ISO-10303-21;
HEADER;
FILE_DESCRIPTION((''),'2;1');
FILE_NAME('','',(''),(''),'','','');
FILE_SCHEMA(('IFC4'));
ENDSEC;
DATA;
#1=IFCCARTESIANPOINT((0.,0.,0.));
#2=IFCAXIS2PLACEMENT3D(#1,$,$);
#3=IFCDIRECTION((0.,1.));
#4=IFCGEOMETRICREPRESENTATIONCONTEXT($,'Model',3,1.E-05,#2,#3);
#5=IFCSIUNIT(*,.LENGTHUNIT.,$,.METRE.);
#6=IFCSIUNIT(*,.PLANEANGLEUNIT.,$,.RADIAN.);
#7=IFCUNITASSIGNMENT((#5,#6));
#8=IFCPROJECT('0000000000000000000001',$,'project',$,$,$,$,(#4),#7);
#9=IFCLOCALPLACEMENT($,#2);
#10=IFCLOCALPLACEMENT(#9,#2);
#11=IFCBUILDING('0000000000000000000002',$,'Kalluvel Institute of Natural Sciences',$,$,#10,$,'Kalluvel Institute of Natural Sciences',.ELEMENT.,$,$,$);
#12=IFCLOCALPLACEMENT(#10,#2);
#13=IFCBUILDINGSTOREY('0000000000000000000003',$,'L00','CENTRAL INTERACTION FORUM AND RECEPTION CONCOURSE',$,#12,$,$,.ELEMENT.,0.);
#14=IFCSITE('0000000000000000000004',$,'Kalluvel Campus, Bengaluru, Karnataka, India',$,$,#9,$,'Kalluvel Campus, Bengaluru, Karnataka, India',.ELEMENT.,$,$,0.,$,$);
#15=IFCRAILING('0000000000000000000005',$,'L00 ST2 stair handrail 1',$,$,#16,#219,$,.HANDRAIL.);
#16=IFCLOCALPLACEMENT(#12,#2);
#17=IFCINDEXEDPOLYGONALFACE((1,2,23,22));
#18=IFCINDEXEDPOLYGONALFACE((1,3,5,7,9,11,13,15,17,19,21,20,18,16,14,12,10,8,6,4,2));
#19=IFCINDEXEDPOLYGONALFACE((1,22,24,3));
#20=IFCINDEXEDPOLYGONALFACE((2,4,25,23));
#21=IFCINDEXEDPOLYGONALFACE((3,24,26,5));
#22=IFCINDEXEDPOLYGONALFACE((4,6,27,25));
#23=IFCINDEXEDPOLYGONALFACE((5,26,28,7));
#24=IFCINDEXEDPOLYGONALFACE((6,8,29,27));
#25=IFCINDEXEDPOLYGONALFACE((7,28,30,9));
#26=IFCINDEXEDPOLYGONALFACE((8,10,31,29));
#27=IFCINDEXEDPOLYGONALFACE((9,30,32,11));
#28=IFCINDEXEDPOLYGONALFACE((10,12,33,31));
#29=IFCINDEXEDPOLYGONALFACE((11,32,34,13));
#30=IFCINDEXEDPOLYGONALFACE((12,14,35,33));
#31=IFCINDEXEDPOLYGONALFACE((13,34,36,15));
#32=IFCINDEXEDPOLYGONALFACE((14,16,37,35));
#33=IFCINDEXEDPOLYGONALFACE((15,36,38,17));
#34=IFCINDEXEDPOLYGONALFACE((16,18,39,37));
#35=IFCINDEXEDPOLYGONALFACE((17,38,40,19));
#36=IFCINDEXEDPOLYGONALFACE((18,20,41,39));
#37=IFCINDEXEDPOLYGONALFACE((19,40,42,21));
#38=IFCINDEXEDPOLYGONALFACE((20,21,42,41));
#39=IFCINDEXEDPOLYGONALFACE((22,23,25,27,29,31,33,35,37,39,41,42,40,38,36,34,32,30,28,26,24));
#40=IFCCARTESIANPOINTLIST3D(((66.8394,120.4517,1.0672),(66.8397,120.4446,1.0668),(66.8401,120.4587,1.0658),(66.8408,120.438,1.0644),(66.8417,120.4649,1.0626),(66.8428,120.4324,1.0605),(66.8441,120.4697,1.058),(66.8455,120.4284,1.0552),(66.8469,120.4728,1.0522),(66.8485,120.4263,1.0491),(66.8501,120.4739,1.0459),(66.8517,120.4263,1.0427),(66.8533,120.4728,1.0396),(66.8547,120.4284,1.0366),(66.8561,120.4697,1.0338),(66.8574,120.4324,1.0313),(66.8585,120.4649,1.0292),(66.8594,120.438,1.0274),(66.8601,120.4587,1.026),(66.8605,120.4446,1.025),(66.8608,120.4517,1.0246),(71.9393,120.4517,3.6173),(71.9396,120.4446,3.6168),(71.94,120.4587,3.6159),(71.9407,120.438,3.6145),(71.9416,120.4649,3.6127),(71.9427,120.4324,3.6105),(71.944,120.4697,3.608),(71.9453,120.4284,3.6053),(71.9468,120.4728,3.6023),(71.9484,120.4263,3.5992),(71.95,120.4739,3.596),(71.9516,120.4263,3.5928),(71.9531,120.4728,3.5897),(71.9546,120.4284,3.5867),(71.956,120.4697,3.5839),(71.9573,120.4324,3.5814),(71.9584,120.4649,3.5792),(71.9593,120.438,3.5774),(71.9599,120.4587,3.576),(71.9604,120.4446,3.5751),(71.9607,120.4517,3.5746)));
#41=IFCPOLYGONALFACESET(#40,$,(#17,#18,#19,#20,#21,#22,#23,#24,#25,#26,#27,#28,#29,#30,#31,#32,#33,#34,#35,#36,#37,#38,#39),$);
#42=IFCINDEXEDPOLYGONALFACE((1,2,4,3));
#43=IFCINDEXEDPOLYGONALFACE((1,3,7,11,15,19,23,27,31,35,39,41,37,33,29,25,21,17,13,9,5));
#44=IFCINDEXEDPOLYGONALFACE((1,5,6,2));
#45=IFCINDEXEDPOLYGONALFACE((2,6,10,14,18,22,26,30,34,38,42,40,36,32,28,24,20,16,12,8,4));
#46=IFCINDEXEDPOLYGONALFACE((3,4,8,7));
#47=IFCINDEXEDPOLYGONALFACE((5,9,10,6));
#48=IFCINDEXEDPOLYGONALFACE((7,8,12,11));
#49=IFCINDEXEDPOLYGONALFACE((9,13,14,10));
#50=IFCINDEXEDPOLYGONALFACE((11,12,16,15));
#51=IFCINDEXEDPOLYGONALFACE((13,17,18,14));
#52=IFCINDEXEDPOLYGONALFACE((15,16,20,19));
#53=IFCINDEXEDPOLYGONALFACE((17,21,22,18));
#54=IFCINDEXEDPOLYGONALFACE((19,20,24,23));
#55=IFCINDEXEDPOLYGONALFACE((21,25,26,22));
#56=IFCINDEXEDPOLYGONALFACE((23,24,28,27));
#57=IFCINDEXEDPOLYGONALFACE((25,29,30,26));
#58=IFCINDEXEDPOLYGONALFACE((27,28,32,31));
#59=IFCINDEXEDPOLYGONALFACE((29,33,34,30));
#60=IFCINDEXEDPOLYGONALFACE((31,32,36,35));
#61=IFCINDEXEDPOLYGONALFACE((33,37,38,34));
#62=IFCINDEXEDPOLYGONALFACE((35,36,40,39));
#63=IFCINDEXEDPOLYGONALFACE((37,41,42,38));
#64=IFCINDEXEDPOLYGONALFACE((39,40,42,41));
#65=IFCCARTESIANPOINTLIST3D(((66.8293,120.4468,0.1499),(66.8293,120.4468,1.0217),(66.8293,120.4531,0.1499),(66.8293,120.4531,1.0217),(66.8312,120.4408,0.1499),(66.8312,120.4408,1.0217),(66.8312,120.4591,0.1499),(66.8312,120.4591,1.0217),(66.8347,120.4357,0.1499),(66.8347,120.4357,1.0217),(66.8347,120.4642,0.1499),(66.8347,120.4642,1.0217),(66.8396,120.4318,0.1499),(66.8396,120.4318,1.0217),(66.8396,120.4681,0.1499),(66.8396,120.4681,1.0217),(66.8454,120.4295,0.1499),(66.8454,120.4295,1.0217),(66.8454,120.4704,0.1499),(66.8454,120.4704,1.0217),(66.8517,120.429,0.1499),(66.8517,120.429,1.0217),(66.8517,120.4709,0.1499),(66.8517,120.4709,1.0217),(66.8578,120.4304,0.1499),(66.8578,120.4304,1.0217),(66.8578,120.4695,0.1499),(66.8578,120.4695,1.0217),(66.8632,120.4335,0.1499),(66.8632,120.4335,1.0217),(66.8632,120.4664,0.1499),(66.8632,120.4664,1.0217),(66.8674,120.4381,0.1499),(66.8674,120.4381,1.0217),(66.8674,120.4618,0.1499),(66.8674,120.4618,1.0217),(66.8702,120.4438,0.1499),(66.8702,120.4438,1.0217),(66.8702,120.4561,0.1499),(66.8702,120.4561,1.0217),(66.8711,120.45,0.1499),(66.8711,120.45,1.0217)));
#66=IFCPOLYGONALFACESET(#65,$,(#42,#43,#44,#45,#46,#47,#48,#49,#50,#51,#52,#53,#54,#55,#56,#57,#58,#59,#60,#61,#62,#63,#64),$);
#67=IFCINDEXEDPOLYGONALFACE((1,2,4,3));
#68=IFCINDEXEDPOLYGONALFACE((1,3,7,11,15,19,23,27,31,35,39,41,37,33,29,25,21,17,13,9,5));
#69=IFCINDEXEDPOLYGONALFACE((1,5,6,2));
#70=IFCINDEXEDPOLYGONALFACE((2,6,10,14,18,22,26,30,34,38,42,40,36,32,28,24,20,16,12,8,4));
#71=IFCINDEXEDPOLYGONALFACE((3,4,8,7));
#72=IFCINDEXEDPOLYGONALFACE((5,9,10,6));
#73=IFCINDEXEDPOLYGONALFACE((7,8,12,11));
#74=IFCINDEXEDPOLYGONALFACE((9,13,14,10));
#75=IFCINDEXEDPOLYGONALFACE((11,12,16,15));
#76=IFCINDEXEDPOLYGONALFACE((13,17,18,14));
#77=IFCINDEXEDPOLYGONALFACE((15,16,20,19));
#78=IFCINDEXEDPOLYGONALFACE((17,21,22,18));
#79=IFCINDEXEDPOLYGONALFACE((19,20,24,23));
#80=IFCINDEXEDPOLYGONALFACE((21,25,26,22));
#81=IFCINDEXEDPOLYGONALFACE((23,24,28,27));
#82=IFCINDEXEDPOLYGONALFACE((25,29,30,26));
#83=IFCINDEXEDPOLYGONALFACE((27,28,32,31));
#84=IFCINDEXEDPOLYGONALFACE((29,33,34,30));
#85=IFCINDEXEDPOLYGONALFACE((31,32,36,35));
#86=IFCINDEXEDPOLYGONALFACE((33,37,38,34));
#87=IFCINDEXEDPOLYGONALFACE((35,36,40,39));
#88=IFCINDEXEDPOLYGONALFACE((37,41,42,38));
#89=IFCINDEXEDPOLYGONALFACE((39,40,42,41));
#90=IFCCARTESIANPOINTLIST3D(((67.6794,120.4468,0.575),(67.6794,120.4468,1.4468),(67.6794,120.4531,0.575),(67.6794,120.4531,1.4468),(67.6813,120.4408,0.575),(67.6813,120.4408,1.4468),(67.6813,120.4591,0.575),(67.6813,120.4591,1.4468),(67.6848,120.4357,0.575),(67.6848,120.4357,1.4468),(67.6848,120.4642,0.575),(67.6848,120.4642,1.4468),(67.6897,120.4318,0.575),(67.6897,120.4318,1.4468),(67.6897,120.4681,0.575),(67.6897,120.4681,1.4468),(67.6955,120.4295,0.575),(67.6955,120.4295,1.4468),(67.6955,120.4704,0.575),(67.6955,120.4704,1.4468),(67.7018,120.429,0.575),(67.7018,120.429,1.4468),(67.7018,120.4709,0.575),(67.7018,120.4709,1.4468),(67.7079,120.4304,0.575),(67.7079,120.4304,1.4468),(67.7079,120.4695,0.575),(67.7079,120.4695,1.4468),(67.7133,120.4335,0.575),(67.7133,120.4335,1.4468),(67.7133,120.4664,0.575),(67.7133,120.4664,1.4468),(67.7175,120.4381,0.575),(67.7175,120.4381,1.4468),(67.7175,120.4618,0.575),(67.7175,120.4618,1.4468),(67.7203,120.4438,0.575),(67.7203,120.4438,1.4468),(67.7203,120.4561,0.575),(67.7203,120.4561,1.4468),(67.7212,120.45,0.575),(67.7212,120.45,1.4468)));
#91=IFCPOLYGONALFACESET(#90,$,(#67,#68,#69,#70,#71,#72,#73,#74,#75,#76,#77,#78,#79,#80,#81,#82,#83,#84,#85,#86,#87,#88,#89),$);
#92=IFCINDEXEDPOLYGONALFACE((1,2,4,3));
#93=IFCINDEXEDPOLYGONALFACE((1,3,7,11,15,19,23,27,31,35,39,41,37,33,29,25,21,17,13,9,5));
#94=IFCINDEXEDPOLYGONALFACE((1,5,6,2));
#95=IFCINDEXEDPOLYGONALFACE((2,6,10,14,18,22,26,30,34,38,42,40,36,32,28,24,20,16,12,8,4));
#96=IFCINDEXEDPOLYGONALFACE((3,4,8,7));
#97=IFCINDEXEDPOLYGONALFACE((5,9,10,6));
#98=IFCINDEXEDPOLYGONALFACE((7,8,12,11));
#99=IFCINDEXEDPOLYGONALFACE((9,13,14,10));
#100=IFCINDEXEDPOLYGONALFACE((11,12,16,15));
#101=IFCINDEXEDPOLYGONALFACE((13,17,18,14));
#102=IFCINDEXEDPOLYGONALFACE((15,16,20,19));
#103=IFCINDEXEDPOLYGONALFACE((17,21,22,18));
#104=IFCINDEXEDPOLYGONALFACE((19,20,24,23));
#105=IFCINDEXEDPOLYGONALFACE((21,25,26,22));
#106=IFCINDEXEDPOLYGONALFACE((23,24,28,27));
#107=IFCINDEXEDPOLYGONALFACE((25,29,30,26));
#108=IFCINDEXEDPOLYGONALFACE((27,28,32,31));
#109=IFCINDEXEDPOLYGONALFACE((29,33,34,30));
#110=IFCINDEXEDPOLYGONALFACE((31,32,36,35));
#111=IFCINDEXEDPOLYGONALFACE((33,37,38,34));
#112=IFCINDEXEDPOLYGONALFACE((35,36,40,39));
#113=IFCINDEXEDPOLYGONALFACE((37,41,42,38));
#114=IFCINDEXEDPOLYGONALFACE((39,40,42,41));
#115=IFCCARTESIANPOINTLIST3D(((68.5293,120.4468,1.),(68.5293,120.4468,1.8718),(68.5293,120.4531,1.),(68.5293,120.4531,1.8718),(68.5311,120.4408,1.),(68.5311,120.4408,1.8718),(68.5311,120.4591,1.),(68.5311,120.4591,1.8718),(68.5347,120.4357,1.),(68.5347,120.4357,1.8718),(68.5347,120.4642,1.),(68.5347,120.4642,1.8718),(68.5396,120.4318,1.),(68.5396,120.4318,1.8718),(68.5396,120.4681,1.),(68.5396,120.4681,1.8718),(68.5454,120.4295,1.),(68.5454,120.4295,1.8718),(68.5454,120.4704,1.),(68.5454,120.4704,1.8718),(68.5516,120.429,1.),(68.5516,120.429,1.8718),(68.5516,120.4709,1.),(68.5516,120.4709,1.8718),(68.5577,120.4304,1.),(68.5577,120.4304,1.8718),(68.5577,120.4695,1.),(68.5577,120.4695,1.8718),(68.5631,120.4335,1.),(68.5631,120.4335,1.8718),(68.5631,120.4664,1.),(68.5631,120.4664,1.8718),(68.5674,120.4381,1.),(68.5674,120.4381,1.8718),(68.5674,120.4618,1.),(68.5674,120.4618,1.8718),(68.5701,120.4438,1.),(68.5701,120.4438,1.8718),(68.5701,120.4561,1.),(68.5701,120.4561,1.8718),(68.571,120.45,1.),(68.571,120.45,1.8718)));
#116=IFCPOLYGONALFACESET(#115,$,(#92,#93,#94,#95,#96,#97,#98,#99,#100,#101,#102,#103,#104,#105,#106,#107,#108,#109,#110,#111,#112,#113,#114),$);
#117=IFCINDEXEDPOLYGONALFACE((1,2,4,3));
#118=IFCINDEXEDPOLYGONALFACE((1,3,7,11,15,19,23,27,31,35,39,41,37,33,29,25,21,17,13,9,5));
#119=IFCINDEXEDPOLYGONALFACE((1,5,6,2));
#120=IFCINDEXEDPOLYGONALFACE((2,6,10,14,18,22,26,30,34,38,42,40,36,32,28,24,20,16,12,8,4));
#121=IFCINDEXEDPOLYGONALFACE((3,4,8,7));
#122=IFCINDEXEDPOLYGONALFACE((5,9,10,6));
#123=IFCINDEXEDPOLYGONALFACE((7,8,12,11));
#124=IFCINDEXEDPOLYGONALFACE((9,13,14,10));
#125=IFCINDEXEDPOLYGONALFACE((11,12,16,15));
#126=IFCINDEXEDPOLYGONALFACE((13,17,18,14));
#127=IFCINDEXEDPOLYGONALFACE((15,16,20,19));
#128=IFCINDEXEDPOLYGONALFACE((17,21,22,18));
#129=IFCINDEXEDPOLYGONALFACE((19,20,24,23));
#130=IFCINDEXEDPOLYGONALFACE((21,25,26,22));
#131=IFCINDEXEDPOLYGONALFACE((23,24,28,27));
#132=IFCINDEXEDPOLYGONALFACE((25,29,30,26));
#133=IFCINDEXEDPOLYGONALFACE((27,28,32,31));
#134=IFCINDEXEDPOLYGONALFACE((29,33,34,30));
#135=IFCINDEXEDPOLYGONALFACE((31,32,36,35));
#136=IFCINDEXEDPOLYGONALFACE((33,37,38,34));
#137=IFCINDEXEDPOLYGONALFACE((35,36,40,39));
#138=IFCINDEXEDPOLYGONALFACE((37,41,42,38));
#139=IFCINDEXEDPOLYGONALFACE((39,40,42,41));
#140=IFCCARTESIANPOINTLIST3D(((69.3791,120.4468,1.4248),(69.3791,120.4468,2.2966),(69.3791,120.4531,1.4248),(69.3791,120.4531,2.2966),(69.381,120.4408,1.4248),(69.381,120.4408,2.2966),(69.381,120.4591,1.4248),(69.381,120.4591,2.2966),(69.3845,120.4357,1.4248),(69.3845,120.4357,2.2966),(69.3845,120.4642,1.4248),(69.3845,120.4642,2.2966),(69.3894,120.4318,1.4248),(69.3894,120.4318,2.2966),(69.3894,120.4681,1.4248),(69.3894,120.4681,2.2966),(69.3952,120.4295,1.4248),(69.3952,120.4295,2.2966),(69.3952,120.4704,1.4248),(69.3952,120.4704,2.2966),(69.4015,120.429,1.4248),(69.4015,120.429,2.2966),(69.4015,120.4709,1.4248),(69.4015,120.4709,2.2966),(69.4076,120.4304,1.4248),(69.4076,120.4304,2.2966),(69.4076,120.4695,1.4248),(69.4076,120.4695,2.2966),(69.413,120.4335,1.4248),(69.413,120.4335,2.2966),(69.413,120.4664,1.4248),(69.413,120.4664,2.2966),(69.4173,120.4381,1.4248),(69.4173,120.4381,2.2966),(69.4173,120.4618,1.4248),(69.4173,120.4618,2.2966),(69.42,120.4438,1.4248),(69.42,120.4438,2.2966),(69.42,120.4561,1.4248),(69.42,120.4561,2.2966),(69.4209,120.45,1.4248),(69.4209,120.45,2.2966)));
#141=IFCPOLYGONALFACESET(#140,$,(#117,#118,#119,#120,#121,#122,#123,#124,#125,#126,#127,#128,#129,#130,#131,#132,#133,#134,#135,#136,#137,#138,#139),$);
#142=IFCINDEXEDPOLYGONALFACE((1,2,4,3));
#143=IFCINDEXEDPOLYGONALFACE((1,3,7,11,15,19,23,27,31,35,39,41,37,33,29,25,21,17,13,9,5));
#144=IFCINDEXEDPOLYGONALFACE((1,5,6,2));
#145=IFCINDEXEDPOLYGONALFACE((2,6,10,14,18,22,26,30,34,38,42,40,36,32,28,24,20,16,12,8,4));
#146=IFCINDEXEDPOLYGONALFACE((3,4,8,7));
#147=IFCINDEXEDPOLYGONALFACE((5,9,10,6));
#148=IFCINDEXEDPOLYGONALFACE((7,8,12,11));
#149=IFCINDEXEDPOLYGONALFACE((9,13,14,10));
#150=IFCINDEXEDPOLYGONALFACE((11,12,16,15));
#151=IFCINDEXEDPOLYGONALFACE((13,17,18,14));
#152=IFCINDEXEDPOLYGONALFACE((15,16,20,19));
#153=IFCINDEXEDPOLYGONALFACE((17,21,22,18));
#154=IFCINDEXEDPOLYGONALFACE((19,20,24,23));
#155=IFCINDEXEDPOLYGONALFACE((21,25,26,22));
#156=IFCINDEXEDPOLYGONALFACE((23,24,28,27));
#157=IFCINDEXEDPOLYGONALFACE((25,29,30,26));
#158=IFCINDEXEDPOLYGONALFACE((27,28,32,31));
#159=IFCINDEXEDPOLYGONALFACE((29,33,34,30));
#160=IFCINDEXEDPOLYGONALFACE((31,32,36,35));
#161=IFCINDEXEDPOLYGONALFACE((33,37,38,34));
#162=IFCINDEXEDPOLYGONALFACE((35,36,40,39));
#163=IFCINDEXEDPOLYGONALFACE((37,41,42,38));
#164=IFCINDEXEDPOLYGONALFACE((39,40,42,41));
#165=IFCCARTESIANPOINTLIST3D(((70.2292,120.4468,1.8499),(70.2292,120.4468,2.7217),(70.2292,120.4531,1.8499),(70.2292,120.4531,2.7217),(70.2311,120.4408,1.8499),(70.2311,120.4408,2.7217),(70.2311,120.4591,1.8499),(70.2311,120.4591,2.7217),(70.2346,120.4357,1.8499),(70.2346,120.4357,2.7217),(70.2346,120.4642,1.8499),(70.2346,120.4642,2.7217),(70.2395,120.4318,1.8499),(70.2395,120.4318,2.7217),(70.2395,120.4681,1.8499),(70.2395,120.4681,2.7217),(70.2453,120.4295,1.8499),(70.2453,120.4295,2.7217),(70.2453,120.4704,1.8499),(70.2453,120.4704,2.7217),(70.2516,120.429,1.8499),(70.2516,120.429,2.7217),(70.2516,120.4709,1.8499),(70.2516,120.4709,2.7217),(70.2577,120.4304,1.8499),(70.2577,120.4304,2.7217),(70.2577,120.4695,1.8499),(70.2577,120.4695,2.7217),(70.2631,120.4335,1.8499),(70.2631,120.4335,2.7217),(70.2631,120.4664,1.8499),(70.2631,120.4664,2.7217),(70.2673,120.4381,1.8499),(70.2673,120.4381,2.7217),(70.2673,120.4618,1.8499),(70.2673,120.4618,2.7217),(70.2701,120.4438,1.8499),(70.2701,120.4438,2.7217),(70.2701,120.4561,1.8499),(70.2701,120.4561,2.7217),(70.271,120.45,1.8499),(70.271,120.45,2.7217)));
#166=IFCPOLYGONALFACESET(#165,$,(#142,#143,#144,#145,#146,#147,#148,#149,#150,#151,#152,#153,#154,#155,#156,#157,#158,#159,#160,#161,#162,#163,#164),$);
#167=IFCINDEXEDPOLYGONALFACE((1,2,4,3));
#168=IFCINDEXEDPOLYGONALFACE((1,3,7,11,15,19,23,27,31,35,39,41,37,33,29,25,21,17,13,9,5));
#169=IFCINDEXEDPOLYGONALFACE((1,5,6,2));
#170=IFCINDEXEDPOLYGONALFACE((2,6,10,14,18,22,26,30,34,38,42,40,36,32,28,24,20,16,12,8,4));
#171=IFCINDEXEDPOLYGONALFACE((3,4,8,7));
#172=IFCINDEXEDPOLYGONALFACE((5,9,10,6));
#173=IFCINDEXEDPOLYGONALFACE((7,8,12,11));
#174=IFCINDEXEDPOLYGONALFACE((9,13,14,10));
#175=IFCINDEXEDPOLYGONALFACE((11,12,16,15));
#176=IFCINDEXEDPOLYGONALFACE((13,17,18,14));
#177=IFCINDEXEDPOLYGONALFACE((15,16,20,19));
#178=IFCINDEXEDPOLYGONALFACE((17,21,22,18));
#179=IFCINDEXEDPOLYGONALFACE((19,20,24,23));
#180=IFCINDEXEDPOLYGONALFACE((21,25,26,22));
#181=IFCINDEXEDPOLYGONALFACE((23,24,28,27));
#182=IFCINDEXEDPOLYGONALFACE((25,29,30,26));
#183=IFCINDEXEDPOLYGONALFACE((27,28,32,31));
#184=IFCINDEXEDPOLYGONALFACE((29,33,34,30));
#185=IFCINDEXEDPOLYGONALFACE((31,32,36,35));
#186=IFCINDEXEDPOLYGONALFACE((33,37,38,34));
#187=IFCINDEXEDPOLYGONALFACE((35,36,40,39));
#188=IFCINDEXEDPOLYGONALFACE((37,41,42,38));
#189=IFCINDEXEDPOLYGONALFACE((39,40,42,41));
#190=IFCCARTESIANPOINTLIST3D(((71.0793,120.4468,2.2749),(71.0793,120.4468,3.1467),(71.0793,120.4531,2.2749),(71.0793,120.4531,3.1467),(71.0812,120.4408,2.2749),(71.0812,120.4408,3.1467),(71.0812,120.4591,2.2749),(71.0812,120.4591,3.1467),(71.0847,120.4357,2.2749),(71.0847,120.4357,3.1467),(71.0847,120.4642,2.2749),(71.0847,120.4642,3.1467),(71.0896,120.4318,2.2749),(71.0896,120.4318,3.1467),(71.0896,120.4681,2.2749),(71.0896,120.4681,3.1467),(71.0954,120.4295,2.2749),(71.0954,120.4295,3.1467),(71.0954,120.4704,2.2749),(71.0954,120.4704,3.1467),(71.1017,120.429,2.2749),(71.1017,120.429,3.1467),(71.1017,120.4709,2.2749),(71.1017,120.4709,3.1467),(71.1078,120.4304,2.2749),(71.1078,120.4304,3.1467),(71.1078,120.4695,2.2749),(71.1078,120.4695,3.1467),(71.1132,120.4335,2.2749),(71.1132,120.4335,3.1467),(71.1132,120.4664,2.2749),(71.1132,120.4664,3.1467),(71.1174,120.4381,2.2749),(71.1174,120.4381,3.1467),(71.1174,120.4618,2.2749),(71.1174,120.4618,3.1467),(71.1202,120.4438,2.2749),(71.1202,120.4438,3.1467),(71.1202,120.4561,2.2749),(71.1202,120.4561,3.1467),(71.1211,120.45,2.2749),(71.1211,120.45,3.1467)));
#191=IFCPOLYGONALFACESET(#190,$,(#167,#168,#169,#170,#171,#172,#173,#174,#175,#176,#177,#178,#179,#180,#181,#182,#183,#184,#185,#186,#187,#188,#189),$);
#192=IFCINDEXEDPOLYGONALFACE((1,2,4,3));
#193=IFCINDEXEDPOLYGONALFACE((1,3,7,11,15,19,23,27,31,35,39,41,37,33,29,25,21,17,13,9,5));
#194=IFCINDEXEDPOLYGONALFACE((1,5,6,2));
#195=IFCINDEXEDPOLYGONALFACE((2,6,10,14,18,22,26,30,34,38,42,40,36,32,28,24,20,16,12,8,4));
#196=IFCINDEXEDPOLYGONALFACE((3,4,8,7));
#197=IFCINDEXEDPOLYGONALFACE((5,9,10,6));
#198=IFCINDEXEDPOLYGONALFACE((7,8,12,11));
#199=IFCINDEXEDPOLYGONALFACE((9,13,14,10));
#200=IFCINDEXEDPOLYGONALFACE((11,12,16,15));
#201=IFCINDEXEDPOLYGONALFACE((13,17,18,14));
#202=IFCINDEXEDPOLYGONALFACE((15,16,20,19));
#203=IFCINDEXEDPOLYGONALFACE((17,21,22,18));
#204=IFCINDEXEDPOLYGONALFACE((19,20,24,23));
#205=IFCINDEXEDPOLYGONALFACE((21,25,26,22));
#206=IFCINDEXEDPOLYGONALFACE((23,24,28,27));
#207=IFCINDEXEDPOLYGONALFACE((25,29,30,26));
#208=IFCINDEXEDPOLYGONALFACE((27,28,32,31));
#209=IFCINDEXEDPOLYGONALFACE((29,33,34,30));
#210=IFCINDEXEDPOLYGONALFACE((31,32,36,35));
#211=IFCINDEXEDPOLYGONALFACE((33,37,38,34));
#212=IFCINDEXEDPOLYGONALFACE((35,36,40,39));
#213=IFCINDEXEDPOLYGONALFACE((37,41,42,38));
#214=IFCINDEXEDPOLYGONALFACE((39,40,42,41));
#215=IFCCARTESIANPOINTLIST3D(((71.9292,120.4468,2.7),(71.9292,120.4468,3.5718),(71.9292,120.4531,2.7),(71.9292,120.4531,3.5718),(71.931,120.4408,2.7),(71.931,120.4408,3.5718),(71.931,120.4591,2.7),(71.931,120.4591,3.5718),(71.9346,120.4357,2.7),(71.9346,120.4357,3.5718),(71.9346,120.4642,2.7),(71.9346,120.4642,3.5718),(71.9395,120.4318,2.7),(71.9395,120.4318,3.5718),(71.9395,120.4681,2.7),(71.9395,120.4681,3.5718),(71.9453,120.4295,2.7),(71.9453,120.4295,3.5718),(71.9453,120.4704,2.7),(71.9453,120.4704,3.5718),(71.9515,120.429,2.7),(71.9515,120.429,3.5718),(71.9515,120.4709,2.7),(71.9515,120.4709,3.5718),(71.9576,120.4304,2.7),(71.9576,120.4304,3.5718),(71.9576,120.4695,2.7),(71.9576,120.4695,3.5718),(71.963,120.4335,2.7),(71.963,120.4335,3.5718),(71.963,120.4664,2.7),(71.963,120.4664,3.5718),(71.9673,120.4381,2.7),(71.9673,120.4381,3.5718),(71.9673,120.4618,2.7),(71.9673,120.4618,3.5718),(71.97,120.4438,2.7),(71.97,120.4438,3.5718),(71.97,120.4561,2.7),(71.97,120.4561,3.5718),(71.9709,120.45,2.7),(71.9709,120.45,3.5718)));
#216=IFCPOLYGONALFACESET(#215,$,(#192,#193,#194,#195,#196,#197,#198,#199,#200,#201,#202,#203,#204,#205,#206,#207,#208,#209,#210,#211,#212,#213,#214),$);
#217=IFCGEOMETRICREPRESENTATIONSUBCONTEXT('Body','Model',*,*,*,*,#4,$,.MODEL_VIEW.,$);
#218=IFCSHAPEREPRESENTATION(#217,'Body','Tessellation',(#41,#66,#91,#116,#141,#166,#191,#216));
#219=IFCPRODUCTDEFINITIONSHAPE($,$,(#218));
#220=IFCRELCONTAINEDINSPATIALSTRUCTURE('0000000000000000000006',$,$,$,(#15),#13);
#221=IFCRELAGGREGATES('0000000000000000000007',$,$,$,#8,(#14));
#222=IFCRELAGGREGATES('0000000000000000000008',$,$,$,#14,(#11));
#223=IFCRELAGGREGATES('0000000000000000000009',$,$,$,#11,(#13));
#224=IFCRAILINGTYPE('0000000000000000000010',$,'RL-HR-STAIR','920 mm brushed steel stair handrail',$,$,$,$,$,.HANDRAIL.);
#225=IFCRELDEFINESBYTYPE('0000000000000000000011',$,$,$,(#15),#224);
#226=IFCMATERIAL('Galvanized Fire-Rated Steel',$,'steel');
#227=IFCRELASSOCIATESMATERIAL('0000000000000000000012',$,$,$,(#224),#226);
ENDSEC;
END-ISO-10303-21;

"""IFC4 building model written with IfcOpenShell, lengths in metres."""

from ifc_helpers import new_model, si_unit, direction, frame, origin, origin_2d, place, context, subcontext, project, spatial, circle, extrude, material, type_object, element, save


model = new_model("IFC4")

# Units and contexts
model_context = context("Model", 3, precision=1e-05, world=origin(), true_north=direction((0.0, 1.0)))
body_context = subcontext(model_context, "Body", "Model", "MODEL_VIEW")
ifc_project = project(units=[si_unit("LENGTHUNIT", "METRE"), si_unit("PLANEANGLEUNIT", "RADIAN")], contexts=[model_context])

# Site, building, storey
site_placement = place(None, origin())
site = spatial("IfcSite", under=ifc_project, at=site_placement, Name="Kalluvel Campus, Bengaluru, Karnataka, India", LongName="Kalluvel Campus, Bengaluru, Karnataka, India", CompositionType="ELEMENT", RefElevation=0.0)
building_placement = place(site_placement, origin())
building = spatial("IfcBuilding", under=site, at=building_placement, Name="Kalluvel Institute of Natural Sciences", LongName="Kalluvel Institute of Natural Sciences", CompositionType="ELEMENT")
storey_placement = place(building_placement, origin())
storey = spatial("IfcBuildingStorey", under=building, at=storey_placement, Name="L00", Description="CENTRAL INTERACTION FORUM AND RECEPTION CONCOURSE", CompositionType="ELEMENT", Elevation=0.0)

# Shared definitions
ifc_material_1 = material(Name="Galvanized Fire-Rated Steel", Category="steel")

# Railing
railing_type_1 = type_object("IfcRailingType", Name="RL-HR-STAIR", Description="920 mm brushed steel stair handrail", PredefinedType="HANDRAIL", material=ifc_material_1)
railing_1_placement = place(storey_placement, frame((66.8501, 120.45, 0.1499)))
element("IfcRailing", 1, at=railing_1_placement, inside=storey, type_object=railing_type_1, Name="L00 ST2 stair handrail 1", PredefinedType="HANDRAIL", context=body_context, shape_type="SweptSolid", body=[
    extrude(circle(Radius=0.0239, at=origin_2d()), frame((0.0, 0.0, 0.896), z_axis=(0.894419, 0.0, 0.447231), x_axis=(0.0, 1.0, 0.0)), (0.0, 0.0, 1.0), 5.7019),
    extrude(circle(Radius=0.021, at=origin_2d()), origin(), (0.0, 0.0, 1.0), 0.8718),
    extrude(circle(Radius=0.021, at=origin_2d()), frame((0.8501, 0.0, 0.425)), (0.0, 0.0, 1.0), 0.8718),
    extrude(circle(Radius=0.021, at=origin_2d()), frame((1.7, 0.0, 0.8501)), (0.0, 0.0, 1.0), 0.8718),
    extrude(circle(Radius=0.021, at=origin_2d()), frame((2.5498, 0.0, 1.2749)), (0.0, 0.0, 1.0), 0.8718),
    extrude(circle(Radius=0.021, at=origin_2d()), frame((3.3999, 0.0, 1.7)), (0.0, 0.0, 1.0), 0.8718),
    extrude(circle(Radius=0.021, at=origin_2d()), frame((4.25, 0.0, 2.125)), (0.0, 0.0, 1.0), 0.8718),
    extrude(circle(Radius=0.021, at=origin_2d()), frame((5.0999, 0.0, 2.55)), (0.0, 0.0, 1.0), 0.8718),
])

save(model, "model.ifc")
